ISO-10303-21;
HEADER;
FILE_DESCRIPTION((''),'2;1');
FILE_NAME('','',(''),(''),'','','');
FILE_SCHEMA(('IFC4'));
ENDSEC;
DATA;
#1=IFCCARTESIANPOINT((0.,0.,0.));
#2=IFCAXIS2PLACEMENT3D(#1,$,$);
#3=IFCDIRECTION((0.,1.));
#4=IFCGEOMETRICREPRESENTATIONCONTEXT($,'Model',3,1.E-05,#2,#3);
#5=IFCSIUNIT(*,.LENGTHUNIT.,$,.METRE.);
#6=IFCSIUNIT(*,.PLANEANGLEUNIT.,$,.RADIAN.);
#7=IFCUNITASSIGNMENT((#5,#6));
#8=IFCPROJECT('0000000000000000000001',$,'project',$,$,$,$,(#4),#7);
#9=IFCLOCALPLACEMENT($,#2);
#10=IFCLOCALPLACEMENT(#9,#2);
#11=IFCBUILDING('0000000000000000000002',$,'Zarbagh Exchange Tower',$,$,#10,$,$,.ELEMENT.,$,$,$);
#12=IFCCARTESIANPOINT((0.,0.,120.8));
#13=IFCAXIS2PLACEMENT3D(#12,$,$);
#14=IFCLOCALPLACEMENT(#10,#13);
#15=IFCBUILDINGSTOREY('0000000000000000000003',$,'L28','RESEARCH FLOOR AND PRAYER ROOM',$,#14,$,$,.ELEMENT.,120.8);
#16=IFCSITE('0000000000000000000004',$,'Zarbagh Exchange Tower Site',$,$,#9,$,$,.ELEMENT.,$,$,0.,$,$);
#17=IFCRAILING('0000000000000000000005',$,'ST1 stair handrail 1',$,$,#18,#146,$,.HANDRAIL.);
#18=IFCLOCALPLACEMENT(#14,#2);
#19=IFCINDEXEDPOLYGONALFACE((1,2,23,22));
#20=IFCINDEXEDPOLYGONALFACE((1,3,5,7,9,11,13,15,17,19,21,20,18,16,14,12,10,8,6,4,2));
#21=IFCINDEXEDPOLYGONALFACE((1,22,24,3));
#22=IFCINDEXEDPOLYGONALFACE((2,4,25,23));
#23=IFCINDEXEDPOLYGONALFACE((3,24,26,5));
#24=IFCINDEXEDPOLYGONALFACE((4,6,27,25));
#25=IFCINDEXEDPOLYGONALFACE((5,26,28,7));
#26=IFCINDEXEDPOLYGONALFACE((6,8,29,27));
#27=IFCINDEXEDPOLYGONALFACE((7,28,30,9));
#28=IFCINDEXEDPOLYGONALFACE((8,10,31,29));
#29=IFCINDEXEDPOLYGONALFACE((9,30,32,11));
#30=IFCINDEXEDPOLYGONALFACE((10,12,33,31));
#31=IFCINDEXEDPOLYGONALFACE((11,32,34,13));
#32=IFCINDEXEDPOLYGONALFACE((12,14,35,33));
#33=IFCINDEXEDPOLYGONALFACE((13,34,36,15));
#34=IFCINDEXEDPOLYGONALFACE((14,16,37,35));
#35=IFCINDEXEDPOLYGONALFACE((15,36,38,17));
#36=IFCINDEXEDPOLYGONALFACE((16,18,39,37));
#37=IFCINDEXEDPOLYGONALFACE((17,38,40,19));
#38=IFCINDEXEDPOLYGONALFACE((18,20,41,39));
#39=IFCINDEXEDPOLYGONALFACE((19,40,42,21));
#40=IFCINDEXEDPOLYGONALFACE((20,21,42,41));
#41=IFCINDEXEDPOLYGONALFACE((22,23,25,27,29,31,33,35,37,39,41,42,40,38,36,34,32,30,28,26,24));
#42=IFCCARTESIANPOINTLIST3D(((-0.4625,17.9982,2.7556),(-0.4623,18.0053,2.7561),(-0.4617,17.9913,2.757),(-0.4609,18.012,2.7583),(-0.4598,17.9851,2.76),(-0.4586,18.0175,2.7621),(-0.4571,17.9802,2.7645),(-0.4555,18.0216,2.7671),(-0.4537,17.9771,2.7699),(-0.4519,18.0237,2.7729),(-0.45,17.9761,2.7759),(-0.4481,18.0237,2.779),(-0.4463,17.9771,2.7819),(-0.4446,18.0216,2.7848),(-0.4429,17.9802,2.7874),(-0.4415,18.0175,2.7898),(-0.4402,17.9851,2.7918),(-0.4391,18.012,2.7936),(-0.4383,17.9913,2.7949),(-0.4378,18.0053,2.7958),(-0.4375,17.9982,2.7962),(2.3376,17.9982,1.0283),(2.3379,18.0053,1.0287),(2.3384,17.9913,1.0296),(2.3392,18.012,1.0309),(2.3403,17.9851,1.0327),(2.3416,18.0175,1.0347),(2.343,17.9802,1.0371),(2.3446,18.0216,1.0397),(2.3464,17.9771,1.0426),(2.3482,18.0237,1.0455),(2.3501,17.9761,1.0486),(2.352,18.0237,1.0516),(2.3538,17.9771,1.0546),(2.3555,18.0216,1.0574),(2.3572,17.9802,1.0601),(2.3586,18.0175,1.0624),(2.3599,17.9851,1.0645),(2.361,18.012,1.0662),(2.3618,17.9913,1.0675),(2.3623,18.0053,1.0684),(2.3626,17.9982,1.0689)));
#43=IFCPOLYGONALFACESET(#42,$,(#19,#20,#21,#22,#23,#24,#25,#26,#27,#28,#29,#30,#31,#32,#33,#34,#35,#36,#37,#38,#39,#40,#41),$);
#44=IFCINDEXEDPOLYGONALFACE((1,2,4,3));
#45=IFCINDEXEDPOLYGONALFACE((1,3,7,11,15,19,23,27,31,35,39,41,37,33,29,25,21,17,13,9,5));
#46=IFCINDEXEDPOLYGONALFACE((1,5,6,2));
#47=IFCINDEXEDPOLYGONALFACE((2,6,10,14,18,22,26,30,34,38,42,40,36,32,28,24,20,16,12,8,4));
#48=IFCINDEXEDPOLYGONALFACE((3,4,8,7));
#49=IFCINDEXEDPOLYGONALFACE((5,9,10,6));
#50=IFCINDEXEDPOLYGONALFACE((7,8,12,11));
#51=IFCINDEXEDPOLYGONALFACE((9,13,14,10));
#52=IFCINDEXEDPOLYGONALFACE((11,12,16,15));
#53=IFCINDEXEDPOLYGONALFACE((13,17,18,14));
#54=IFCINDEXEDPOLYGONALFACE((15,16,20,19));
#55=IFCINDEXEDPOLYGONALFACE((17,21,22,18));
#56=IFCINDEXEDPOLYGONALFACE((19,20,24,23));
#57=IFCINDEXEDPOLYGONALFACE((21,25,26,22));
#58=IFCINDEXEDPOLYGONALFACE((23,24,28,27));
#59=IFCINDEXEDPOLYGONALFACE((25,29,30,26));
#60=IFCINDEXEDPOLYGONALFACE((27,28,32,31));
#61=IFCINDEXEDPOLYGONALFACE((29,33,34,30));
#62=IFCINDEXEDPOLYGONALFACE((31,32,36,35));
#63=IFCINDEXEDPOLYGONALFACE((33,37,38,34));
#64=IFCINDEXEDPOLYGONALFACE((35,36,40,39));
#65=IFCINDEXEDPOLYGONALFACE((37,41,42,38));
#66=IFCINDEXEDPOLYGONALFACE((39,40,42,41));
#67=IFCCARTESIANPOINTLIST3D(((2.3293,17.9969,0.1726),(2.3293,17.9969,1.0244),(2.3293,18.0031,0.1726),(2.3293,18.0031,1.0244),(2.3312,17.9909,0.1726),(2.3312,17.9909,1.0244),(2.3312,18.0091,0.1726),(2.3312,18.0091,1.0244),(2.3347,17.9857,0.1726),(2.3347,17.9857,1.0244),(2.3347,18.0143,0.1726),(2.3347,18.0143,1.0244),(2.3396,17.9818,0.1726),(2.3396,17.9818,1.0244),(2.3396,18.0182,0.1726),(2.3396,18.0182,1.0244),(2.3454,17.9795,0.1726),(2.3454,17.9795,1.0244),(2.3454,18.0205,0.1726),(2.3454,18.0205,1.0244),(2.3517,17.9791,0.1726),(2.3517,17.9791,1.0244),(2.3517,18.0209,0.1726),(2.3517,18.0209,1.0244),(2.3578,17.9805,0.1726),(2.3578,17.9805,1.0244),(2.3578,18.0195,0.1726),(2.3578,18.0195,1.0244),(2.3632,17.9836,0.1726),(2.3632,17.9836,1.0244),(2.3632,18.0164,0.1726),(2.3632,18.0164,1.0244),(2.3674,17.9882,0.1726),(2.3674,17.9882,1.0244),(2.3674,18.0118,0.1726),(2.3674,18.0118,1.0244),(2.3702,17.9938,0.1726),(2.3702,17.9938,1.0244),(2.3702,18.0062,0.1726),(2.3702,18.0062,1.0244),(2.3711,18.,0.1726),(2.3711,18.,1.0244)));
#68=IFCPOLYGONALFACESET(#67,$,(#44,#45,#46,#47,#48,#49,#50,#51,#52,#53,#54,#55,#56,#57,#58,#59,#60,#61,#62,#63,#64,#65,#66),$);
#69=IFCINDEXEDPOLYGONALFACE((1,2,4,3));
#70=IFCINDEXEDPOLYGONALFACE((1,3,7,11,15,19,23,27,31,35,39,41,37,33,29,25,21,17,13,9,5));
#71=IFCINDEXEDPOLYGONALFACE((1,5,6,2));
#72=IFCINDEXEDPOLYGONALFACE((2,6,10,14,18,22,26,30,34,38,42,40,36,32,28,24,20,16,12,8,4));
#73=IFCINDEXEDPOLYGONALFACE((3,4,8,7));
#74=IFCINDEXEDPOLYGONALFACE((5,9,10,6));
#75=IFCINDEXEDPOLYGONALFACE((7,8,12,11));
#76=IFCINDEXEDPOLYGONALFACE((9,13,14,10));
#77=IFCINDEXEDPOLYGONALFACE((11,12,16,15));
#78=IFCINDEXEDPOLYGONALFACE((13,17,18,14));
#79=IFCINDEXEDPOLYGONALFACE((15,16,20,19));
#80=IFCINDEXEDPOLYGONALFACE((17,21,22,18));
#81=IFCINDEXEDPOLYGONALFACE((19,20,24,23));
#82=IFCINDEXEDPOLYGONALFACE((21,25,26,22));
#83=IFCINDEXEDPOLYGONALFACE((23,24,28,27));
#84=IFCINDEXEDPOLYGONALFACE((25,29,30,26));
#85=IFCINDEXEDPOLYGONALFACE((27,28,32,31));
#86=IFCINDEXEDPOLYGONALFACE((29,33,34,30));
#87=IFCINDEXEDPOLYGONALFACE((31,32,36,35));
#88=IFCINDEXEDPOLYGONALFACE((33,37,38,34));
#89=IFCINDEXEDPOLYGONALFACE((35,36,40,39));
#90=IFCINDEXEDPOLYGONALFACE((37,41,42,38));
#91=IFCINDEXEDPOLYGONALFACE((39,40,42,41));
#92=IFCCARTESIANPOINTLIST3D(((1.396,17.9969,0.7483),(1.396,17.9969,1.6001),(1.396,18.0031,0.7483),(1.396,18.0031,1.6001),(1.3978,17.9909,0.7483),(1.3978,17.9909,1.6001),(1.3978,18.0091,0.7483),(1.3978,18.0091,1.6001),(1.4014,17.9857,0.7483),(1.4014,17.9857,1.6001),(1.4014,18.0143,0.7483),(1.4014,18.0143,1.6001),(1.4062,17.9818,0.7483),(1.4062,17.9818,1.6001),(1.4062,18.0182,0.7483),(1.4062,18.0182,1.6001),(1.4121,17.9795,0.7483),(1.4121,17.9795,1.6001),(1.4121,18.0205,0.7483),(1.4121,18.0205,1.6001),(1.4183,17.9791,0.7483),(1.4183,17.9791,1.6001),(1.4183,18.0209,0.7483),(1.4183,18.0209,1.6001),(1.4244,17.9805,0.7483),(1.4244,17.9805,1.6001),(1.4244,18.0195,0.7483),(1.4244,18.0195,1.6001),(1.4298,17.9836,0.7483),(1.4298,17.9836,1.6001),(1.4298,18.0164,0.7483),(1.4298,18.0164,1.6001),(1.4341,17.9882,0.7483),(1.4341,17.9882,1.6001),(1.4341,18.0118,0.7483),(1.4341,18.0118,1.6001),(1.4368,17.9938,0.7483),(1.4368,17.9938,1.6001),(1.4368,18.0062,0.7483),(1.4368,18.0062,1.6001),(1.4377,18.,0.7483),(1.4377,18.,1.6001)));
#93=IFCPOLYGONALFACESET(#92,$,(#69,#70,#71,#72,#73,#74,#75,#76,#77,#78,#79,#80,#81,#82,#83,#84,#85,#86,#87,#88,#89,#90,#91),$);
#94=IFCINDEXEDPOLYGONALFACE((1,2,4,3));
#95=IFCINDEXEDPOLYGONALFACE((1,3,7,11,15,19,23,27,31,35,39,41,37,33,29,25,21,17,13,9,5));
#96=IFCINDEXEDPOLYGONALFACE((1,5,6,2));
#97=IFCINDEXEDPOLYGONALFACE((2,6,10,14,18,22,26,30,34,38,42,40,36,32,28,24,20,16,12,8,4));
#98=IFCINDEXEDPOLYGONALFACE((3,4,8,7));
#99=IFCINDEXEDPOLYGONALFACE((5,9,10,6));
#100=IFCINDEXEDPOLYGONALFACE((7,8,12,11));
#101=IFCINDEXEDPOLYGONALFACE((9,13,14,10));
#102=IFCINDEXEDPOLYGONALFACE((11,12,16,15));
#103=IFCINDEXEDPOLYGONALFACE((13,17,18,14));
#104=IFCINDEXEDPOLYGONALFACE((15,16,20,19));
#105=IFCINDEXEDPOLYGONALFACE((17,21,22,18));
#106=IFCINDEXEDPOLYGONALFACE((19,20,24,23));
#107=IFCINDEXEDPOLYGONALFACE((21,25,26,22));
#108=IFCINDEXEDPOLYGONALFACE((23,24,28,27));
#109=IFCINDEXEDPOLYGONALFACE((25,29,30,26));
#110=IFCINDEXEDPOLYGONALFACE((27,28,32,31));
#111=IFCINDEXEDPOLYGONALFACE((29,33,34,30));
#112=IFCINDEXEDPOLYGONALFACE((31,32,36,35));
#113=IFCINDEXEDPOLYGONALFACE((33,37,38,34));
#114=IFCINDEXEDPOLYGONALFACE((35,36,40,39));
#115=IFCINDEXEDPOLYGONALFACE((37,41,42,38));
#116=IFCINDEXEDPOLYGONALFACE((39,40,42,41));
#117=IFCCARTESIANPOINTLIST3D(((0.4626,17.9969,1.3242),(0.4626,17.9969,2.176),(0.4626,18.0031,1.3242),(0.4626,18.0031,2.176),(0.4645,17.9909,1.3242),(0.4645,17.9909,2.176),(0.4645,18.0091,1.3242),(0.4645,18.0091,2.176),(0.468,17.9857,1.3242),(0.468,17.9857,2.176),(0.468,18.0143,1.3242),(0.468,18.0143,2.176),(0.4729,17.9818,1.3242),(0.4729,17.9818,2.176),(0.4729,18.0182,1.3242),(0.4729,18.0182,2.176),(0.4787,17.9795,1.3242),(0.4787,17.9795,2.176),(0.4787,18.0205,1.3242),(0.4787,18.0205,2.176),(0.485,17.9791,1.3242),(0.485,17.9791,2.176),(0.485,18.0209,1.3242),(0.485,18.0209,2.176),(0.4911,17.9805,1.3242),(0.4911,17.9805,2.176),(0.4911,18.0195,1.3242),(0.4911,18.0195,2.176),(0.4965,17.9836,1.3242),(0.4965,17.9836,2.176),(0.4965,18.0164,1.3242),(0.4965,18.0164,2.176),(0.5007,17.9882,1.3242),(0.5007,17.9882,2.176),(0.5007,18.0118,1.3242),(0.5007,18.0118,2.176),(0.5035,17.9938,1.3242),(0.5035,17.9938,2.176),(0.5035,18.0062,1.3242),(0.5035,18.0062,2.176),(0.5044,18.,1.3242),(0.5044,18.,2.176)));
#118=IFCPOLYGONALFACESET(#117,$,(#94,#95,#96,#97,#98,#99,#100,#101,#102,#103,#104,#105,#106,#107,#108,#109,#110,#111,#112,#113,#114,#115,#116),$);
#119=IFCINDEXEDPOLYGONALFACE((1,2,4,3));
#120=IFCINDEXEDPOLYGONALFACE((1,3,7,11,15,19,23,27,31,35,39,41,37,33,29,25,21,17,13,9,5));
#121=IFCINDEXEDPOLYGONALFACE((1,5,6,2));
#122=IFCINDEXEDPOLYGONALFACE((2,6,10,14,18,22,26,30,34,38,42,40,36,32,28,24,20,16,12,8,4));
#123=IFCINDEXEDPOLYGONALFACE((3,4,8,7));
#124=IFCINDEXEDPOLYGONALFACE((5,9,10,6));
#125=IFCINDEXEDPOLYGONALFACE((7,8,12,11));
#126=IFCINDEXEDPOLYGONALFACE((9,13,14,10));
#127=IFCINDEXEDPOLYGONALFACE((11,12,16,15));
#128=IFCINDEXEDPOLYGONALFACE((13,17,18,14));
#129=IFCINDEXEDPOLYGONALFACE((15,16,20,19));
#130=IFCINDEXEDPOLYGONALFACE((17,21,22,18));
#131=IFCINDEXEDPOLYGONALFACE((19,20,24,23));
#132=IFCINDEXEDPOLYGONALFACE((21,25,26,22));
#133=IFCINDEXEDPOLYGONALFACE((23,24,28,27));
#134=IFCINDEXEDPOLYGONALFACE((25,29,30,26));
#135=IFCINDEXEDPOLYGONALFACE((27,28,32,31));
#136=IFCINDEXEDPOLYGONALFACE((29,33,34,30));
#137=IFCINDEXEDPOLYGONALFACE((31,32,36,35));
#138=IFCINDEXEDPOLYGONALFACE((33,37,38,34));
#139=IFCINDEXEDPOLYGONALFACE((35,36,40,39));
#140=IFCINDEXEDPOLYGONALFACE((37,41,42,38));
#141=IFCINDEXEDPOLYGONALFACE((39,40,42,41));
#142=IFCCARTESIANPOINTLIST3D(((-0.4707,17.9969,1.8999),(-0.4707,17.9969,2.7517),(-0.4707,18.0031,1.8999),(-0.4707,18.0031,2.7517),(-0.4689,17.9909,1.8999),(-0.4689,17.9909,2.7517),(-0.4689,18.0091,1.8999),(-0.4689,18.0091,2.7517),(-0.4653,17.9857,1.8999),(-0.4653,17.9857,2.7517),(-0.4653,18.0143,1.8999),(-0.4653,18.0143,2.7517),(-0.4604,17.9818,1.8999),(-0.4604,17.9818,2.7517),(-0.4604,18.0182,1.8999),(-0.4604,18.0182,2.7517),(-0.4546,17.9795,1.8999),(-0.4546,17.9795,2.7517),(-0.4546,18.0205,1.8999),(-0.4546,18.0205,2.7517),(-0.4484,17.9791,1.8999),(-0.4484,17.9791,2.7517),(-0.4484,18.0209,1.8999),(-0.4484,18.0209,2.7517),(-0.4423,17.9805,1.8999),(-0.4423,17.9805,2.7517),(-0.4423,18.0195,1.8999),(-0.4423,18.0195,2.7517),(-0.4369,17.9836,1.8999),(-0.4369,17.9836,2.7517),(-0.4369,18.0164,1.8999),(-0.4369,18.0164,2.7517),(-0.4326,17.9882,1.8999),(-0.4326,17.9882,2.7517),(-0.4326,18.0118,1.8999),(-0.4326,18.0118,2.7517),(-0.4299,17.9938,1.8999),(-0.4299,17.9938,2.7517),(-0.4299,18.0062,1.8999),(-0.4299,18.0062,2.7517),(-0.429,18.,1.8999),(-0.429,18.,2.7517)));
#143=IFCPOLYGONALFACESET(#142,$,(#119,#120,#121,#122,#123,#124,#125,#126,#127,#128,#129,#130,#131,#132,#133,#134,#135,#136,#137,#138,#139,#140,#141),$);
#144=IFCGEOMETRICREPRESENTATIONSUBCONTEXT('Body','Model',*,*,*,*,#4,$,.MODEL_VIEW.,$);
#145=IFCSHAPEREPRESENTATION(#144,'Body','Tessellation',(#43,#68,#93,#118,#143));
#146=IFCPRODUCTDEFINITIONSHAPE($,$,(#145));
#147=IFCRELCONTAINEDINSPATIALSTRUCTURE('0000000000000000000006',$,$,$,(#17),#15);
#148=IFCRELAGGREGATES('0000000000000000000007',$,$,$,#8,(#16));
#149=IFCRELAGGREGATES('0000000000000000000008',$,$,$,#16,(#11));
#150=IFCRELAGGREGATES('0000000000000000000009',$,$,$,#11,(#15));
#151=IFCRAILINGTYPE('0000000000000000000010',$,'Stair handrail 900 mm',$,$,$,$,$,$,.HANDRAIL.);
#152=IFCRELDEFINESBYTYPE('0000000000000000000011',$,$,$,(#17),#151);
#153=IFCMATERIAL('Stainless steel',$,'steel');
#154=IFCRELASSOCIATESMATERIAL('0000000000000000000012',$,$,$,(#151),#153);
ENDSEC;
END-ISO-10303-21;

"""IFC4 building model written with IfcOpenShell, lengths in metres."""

from ifc_helpers import new_model, si_unit, direction, frame, origin, origin_2d, place, context, subcontext, project, spatial, circle, extrude, material, type_object, element, save


model = new_model("IFC4")

# Units and contexts
model_context = context("Model", 3, precision=1e-05, world=origin(), true_north=direction((0.0, 1.0)))
body_context = subcontext(model_context, "Body", "Model", "MODEL_VIEW")
ifc_project = project(units=[si_unit("LENGTHUNIT", "METRE"), si_unit("PLANEANGLEUNIT", "RADIAN")], contexts=[model_context])

# Site, building, storey
site_placement = place(None, origin())
site = spatial("IfcSite", under=ifc_project, at=site_placement, Name="Zarbagh Exchange Tower Site", CompositionType="ELEMENT", RefElevation=0.0)
building_placement = place(site_placement, origin())
building = spatial("IfcBuilding", under=site, at=building_placement, Name="Zarbagh Exchange Tower", CompositionType="ELEMENT")
storey_placement = place(building_placement, frame((0.0, 0.0, 120.8)))
storey = spatial("IfcBuildingStorey", under=building, at=storey_placement, Name="L28", Description="RESEARCH FLOOR AND PRAYER ROOM", CompositionType="ELEMENT", Elevation=120.8)

# Shared definitions
ifc_material_1 = material(Name="Stainless steel", Category="steel")

# Railing
railing_type = type_object("IfcRailingType", Name="Stair handrail 900 mm", PredefinedType="HANDRAIL", material=ifc_material_1)
for number, where, name in (
    (1, (2.3501, 18.0, 0.1726), "ST1 stair handrail 1"),
):
    element("IfcRailing", number, at=place(storey_placement, frame(where)), inside=storey, type_object=railing_type, Name=name, PredefinedType="HANDRAIL", context=body_context, shape_type="SweptSolid", body=[
        extrude(circle(Radius=0.0239, at=origin_2d()), frame((0.0, 0.0, 0.876), z_axis=(-0.85109, 0.0, 0.52502), x_axis=(0.0, -1.0, 0.0)), (0.0, 0.0, 1.0), 3.29),
        extrude(circle(Radius=0.021, at=origin_2d()), origin(), (0.0, 0.0, 1.0), 0.8518),
        extrude(circle(Radius=0.021, at=origin_2d()), frame((-0.9333, 0.0, 0.5757)), (0.0, 0.0, 1.0), 0.8518),
        extrude(circle(Radius=0.021, at=origin_2d()), frame((-1.8667, 0.0, 1.1516)), (0.0, 0.0, 1.0), 0.8518),
        extrude(circle(Radius=0.021, at=origin_2d()), frame((-2.8, 0.0, 1.7273)), (0.0, 0.0, 1.0), 0.8518),
    ])

save(model, "model.ifc")
